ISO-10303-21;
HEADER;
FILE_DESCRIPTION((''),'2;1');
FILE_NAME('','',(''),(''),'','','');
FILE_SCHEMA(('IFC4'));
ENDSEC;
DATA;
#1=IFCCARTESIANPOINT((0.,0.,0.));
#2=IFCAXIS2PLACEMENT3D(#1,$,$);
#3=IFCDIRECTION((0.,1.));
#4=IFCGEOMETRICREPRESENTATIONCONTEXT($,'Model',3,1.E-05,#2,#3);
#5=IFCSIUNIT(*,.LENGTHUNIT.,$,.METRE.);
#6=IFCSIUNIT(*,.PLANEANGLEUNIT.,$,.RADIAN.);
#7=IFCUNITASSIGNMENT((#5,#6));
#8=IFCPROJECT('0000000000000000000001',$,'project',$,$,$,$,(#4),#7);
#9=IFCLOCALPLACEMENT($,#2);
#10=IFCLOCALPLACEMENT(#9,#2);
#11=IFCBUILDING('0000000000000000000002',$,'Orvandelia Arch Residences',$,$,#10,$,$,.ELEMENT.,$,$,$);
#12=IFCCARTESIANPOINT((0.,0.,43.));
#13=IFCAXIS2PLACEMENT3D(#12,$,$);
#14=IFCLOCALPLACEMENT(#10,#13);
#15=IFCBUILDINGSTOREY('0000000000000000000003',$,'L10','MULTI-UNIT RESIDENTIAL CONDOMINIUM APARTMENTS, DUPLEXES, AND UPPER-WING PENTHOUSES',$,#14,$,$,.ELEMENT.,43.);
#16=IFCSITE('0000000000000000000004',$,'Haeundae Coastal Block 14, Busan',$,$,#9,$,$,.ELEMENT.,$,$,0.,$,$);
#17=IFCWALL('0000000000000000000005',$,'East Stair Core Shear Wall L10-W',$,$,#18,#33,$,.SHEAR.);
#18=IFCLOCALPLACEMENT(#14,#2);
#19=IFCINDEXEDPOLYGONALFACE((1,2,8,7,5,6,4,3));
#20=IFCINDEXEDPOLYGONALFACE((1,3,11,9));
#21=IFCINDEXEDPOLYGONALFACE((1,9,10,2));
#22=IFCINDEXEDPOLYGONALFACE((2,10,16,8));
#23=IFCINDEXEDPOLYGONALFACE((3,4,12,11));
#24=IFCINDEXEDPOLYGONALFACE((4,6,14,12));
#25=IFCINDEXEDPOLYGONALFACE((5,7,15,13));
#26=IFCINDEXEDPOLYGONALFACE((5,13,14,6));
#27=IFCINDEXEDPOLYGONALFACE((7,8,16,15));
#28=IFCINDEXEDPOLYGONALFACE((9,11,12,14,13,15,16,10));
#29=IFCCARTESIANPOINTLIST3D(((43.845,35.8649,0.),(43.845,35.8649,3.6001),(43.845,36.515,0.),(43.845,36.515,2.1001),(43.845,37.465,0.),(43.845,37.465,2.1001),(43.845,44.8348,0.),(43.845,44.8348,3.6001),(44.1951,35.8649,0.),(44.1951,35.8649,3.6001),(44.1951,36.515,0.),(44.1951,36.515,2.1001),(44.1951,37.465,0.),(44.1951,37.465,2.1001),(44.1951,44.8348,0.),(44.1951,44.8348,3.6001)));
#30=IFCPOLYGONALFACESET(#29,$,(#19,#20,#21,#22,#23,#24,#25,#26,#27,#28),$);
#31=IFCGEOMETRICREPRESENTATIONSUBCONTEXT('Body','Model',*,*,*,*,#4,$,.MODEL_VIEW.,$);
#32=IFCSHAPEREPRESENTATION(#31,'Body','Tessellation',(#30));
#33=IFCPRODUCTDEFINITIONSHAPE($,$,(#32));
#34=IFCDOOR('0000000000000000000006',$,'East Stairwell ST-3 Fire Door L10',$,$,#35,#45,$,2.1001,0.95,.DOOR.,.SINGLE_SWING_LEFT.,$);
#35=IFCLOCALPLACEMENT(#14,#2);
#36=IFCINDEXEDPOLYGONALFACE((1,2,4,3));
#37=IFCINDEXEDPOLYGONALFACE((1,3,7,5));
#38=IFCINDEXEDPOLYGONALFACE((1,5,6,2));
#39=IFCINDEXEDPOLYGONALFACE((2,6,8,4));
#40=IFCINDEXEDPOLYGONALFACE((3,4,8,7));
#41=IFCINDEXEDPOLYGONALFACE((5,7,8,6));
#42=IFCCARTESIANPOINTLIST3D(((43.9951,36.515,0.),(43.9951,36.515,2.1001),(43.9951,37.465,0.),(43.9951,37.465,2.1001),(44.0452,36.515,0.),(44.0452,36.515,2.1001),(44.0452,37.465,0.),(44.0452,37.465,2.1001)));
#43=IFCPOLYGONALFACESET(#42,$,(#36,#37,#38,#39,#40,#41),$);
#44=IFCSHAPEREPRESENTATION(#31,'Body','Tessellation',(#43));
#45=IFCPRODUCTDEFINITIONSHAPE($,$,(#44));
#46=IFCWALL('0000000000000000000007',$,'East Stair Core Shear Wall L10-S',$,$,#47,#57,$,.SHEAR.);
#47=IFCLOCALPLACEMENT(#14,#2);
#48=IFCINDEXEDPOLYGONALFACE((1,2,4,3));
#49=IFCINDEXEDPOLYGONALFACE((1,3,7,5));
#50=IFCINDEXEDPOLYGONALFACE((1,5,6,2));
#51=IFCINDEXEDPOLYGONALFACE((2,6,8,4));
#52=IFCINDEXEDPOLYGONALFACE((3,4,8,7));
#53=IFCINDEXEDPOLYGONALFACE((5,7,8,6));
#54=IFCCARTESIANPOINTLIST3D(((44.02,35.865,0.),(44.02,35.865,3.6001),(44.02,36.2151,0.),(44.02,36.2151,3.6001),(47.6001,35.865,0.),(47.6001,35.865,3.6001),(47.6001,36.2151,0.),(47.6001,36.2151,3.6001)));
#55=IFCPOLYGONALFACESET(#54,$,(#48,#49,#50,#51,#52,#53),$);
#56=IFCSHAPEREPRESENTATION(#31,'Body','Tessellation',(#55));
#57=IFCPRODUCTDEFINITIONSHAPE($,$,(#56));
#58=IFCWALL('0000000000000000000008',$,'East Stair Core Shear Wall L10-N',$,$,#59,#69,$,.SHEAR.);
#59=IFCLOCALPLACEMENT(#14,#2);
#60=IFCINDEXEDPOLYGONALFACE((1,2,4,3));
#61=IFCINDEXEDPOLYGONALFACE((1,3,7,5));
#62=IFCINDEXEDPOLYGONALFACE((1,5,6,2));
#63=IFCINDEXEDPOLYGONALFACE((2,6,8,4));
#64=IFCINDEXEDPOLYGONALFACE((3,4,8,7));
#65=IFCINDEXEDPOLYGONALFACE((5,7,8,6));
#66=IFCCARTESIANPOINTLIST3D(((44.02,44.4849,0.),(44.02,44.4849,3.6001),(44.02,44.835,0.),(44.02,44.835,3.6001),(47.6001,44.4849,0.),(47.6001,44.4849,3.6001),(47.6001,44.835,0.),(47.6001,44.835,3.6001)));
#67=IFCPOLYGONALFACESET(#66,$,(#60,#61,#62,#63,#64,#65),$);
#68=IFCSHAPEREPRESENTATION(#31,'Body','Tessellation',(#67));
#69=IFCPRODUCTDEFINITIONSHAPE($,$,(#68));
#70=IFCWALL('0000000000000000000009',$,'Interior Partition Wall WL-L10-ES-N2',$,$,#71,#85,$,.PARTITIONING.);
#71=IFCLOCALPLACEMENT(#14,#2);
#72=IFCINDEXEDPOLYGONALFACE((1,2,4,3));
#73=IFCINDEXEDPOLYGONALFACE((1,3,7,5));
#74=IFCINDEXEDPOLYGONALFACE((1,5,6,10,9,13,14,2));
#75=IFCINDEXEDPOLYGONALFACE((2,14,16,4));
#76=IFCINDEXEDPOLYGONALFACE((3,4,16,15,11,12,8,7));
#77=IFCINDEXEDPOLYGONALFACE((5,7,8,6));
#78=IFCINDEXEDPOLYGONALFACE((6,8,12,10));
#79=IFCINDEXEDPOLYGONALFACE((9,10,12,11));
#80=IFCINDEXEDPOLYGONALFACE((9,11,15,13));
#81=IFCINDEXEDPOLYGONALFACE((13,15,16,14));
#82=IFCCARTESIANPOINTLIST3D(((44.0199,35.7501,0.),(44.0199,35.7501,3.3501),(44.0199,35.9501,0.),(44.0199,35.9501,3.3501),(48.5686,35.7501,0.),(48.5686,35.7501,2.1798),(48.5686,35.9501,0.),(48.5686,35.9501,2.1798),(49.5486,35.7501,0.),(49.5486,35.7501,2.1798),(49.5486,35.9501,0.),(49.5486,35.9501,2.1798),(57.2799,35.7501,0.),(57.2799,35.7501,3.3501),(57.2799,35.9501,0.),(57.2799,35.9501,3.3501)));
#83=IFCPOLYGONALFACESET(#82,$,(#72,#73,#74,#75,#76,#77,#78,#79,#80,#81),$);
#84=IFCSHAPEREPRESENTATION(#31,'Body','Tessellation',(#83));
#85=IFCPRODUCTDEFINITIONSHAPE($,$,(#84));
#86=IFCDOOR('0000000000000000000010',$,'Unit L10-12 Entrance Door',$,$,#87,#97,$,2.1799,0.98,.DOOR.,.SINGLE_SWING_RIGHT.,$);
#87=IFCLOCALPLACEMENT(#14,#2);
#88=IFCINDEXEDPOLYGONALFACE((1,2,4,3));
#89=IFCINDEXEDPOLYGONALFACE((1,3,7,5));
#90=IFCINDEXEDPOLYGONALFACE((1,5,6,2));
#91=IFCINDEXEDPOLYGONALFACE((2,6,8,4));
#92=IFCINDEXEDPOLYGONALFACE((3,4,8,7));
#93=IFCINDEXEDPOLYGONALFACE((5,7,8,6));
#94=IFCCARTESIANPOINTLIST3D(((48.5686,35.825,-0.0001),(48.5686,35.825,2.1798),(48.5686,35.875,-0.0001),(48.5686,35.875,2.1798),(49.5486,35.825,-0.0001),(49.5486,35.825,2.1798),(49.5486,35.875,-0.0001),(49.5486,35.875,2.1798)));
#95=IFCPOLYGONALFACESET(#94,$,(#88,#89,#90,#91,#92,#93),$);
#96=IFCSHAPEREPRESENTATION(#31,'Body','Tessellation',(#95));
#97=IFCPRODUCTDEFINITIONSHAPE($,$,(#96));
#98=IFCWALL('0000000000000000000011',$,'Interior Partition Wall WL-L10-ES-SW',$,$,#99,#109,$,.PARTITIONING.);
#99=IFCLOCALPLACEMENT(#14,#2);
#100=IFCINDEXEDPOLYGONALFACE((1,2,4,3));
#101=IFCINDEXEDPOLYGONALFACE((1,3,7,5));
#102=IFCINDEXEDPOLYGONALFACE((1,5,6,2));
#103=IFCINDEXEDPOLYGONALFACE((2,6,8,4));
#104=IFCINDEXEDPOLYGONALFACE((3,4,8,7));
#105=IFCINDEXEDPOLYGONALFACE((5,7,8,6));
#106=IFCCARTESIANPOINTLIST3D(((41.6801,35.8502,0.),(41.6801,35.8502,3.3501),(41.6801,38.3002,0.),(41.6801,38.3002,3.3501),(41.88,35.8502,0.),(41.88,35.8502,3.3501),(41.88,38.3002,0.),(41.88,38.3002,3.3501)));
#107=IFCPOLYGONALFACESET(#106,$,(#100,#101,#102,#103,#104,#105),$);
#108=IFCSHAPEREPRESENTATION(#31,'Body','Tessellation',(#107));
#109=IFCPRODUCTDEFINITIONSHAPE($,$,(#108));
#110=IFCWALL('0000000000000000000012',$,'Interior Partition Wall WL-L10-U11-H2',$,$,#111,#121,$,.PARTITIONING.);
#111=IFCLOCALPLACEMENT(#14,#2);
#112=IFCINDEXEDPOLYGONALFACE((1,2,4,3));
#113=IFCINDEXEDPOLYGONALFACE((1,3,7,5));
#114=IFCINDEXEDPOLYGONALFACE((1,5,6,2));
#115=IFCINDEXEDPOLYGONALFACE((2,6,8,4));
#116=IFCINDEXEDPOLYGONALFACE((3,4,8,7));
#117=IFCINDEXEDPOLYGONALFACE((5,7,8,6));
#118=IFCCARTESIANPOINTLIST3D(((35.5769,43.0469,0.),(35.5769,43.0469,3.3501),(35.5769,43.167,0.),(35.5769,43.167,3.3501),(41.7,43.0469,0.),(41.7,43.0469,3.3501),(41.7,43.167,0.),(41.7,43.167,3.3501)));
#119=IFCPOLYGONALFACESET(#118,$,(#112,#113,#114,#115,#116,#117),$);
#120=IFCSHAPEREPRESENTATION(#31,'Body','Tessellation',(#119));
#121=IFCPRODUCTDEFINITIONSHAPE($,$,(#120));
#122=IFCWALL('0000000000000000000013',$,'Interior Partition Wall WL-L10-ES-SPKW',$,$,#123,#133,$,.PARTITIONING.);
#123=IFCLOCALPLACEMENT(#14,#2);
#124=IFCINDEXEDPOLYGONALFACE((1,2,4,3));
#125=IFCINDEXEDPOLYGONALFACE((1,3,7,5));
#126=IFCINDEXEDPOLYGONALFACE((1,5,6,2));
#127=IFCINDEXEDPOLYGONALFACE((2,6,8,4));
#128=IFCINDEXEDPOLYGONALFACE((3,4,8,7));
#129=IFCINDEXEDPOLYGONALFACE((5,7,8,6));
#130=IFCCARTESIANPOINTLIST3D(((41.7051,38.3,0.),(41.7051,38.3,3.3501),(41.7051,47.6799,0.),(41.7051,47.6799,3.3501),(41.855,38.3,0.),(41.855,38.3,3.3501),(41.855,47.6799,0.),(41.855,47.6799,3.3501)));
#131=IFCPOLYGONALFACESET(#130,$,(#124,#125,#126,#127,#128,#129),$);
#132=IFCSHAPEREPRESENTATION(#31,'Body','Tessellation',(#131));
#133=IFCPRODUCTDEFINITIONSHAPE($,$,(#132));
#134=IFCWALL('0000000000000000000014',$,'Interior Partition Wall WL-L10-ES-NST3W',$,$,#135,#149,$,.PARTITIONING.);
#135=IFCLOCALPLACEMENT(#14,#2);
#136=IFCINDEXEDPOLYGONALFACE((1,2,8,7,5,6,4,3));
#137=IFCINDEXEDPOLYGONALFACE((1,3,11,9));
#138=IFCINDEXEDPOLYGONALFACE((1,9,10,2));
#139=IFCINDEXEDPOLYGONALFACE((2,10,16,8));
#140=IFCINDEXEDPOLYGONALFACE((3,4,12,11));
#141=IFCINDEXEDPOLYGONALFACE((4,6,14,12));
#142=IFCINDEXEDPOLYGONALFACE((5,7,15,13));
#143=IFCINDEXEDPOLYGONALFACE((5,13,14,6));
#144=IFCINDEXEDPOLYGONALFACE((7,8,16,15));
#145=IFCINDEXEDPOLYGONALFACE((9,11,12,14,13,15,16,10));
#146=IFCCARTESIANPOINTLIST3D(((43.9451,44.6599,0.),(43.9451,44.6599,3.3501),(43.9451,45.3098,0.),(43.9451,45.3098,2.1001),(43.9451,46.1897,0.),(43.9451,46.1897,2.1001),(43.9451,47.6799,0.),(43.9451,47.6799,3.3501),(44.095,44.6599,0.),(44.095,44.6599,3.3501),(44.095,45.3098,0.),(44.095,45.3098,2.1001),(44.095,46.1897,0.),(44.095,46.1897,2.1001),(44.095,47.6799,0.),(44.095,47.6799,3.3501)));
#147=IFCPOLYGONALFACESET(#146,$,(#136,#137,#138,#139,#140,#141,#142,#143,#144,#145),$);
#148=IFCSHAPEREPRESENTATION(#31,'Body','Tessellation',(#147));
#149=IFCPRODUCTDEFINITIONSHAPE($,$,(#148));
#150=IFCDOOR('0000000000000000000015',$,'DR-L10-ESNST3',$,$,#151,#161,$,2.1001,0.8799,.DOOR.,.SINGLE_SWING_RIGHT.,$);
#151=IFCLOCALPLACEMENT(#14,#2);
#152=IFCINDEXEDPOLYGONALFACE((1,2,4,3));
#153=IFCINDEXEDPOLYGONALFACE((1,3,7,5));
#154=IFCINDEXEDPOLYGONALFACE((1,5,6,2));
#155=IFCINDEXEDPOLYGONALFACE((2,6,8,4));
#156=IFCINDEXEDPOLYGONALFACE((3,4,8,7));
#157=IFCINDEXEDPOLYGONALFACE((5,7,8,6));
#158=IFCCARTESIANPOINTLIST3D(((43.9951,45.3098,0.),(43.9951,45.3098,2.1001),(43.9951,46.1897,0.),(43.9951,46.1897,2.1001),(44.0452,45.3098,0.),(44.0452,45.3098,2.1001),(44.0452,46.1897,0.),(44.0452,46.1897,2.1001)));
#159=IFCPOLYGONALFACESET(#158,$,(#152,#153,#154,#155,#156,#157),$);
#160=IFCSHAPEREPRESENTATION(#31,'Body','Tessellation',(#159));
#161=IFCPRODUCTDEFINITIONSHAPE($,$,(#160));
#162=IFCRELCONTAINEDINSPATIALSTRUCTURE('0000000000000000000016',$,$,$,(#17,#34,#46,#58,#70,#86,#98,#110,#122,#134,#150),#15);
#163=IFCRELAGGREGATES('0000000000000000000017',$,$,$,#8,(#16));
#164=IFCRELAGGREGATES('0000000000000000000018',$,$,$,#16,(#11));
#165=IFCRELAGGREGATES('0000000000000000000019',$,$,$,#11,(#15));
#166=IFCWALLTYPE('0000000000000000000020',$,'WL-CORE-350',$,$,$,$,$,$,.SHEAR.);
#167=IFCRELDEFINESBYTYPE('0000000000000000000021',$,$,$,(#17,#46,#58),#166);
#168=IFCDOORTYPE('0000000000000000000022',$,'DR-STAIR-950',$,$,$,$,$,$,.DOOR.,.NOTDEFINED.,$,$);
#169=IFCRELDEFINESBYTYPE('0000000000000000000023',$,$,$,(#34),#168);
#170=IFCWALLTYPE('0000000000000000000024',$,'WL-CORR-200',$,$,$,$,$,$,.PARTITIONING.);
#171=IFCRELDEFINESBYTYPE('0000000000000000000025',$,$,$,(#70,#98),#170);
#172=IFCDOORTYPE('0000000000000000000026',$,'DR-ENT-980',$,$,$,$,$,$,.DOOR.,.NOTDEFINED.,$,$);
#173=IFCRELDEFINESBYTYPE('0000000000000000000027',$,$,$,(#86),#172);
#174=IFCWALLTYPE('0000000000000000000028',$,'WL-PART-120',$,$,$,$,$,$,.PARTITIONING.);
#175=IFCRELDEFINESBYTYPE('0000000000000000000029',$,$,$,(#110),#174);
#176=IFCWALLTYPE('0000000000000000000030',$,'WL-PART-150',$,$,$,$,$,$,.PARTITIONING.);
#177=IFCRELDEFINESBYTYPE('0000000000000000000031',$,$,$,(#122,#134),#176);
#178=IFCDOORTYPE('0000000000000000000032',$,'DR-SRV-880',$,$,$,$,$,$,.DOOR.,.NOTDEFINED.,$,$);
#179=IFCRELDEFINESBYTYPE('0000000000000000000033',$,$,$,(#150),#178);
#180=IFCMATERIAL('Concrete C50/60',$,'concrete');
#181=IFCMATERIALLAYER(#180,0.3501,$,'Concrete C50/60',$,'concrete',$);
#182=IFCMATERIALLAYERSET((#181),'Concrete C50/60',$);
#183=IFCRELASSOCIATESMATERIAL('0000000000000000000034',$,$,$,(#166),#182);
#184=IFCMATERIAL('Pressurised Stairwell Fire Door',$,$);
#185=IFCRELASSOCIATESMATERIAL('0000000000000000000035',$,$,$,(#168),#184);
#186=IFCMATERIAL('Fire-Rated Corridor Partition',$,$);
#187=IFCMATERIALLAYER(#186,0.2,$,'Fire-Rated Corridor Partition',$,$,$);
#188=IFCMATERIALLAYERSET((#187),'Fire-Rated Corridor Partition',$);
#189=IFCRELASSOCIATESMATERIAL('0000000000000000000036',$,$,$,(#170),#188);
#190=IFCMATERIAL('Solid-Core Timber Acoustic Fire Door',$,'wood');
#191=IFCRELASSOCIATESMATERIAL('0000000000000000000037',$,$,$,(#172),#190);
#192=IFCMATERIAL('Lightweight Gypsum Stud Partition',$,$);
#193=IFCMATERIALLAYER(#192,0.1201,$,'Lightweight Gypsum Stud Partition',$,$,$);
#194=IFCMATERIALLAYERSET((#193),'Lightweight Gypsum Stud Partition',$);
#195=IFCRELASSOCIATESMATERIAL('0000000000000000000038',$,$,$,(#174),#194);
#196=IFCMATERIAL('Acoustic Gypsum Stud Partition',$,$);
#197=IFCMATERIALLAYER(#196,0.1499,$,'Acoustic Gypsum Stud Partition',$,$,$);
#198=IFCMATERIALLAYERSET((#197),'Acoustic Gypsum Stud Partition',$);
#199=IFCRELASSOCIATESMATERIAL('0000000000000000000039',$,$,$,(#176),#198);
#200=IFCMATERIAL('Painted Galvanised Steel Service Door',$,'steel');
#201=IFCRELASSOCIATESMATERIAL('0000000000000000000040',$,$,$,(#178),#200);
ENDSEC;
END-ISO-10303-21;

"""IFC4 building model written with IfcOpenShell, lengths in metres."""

from ifc_helpers import new_model, si_unit, direction, frame, frame_2d, origin, place, context, subcontext, project, spatial, rectangle, extrude, material, layer, layer_set, type_object, element, fill, save


model = new_model("IFC4")

# Units and contexts
model_context = context("Model", 3, precision=1e-05, world=origin(), true_north=direction((0.0, 1.0)))
body_context = subcontext(model_context, "Body", "Model", "MODEL_VIEW")
ifc_project = project(units=[si_unit("LENGTHUNIT", "METRE"), si_unit("PLANEANGLEUNIT", "RADIAN")], contexts=[model_context])

# Site, building, storey
site_placement = place(None, origin())
site = spatial("IfcSite", under=ifc_project, at=site_placement, Name="Haeundae Coastal Block 14, Busan", CompositionType="ELEMENT", RefElevation=0.0)
building_placement = place(site_placement, origin())
building = spatial("IfcBuilding", under=site, at=building_placement, Name="Orvandelia Arch Residences", CompositionType="ELEMENT")
storey_placement = place(building_placement, frame((0.0, 0.0, 43.0)))
storey = spatial("IfcBuildingStorey", under=building, at=storey_placement, Name="L10", Description="MULTI-UNIT RESIDENTIAL CONDOMINIUM APARTMENTS, DUPLEXES, AND UPPER-WING PENTHOUSES", CompositionType="ELEMENT", Elevation=43.0)

# Wall, opening, door
ifc_material_1 = material(Name="Concrete C50/60", Category="concrete")
ifc_layer_1 = layer(ifc_material_1, 0.3501, Name="Concrete C50/60", Category="concrete")
ifc_layer_set_1 = layer_set([ifc_layer_1], Name="Concrete C50/60")
wall_type_1 = type_object("IfcWallType", Name="WL-CORE-350", PredefinedType="SHEAR", material=ifc_layer_set_1)
wall_1_placement = place(storey_placement, frame((44.02, 35.865, 0.0), z_axis=(0.0, 0.0, 1.0), x_axis=(0.0, 1.0, 0.0)))
wall_1 = element("IfcWall", 1, at=wall_1_placement, inside=storey, type_object=wall_type_1, Name="East Stair Core Shear Wall L10-W", PredefinedType="SHEAR", context=body_context, shape_type="SweptSolid", body=[
    extrude(rectangle(XDim=8.97, YDim=0.3501, at=frame_2d((4.4849, 0.0))), origin(), (0.0, 0.0, 1.0), 3.6001),
])
opening_1_placement = place(wall_1_placement, frame((0.6499, 0.0, 0.0)))
opening_1 = element("IfcOpeningElement", 2, at=opening_1_placement, cuts=wall_1, PredefinedType="OPENING", context=body_context, shape_type="SweptSolid", body=[
    extrude(rectangle(XDim=0.95, YDim=2.1001, at=frame_2d((0.4751, 1.05))), frame((0.0, 0.1851, 0.0), z_axis=(0.0, -1.0, 0.0), x_axis=(1.0, 0.0, 0.0)), (0.0, 0.0, 1.0), 0.3701),
])
ifc_material_2 = material(Name="Pressurised Stairwell Fire Door")
door_type_1 = type_object("IfcDoorType", Name="DR-STAIR-950", OperationType="NOTDEFINED", PredefinedType="DOOR", material=ifc_material_2)
door_1_placement = place(opening_1_placement, origin())
door_1 = element("IfcDoor", 3, at=door_1_placement, inside=storey, type_object=door_type_1, Name="East Stairwell ST-3 Fire Door L10", OperationType="SINGLE_SWING_LEFT", OverallHeight=2.1001, OverallWidth=0.95, PredefinedType="DOOR", context=body_context, shape_type="SweptSolid", body=[
    extrude(rectangle(XDim=0.95, YDim=2.1001, at=frame_2d((0.4751, 1.05))), frame((0.0, 0.0249, 0.0), z_axis=(0.0, -1.0, 0.0), x_axis=(1.0, 0.0, 0.0)), (0.0, 0.0, 1.0), 0.05),
])
fill(opening_1, door_1)

# Walls
for number, where, z_axis, x_axis, name in (
    (4, (44.02, 36.04, 0.0), (0.0, 0.0, 1.0), (1.0, 0.0, 0.0), "East Stair Core Shear Wall L10-S"),
    (5, (44.02, 44.6599, 0.0), (0.0, 0.0, 1.0), (1.0, 0.0, 0.0), "East Stair Core Shear Wall L10-N"),
):
    element("IfcWall", number, at=place(storey_placement, frame(where, z_axis=z_axis, x_axis=x_axis)), inside=storey, type_object=wall_type_1, Name=name, PredefinedType="SHEAR", context=body_context, shape_type="SweptSolid", body=[
        extrude(rectangle(XDim=3.5801, YDim=0.3501, at=frame_2d((1.79, 0.0))), origin(), (0.0, 0.0, 1.0), 3.6001),
    ])

# Wall, opening, door
ifc_material_3 = material(Name="Fire-Rated Corridor Partition")
ifc_layer_2 = layer(ifc_material_3, 0.2, Name="Fire-Rated Corridor Partition")
ifc_layer_set_2 = layer_set([ifc_layer_2], Name="Fire-Rated Corridor Partition")
wall_type_2 = type_object("IfcWallType", Name="WL-CORR-200", PredefinedType="PARTITIONING", material=ifc_layer_set_2)
wall_2_placement = place(storey_placement, frame((44.02, 35.8501, 0.0), z_axis=(0.0, 0.0, 1.0), x_axis=(1.0, 0.0, 0.0)))
wall_2 = element("IfcWall", 6, at=wall_2_placement, inside=storey, type_object=wall_type_2, Name="Interior Partition Wall WL-L10-ES-N2", PredefinedType="PARTITIONING", context=body_context, shape_type="SweptSolid", body=[
    extrude(rectangle(XDim=13.26, YDim=0.2, at=frame_2d((6.6299, 0.0))), origin(), (0.0, 0.0, 1.0), 3.3501),
])
opening_2_placement = place(wall_2_placement, frame((4.5486, 0.0, 0.0)))
opening_2 = element("IfcOpeningElement", 7, at=opening_2_placement, cuts=wall_2, PredefinedType="OPENING", context=body_context, shape_type="SweptSolid", body=[
    extrude(rectangle(XDim=0.98, YDim=2.1799, at=frame_2d((0.49, 1.0898))), frame((0.0, 0.1099, 0.0), z_axis=(0.0, -1.0, 0.0), x_axis=(1.0, 0.0, 0.0)), (0.0, 0.0, 1.0), 0.22),
])
ifc_material_4 = material(Name="Solid-Core Timber Acoustic Fire Door", Category="wood")
door_type_2 = type_object("IfcDoorType", Name="DR-ENT-980", OperationType="NOTDEFINED", PredefinedType="DOOR", material=ifc_material_4)
door_2_placement = place(opening_2_placement, origin())
door_2 = element("IfcDoor", 8, at=door_2_placement, inside=storey, type_object=door_type_2, Name="Unit L10-12 Entrance Door", OperationType="SINGLE_SWING_RIGHT", OverallHeight=2.1799, OverallWidth=0.98, PredefinedType="DOOR", context=body_context, shape_type="SweptSolid", body=[
    extrude(rectangle(XDim=0.98, YDim=2.1799, at=frame_2d((0.49, 1.0898))), frame((0.0, 0.0249, 0.0), z_axis=(0.0, -1.0, 0.0), x_axis=(1.0, 0.0, 0.0)), (0.0, 0.0, 1.0), 0.05),
])
fill(opening_2, door_2)

# Wall
wall_3_placement = place(storey_placement, frame((41.78, 35.8501, 0.0), z_axis=(0.0, 0.0, 1.0), x_axis=(0.0, 1.0, 0.0)))
element("IfcWall", 9, at=wall_3_placement, inside=storey, type_object=wall_type_2, Name="Interior Partition Wall WL-L10-ES-SW", PredefinedType="PARTITIONING", context=body_context, shape_type="SweptSolid", body=[
    extrude(rectangle(XDim=2.45, YDim=0.2, at=frame_2d((1.2251, 0.0))), origin(), (0.0, 0.0, 1.0), 3.3501),
])

# Walls
ifc_material_5 = material(Name="Lightweight Gypsum Stud Partition")
ifc_layer_3 = layer(ifc_material_5, 0.1201, Name="Lightweight Gypsum Stud Partition")
ifc_layer_set_3 = layer_set([ifc_layer_3], Name="Lightweight Gypsum Stud Partition")
wall_type_3 = type_object("IfcWallType", Name="WL-PART-120", PredefinedType="PARTITIONING", material=ifc_layer_set_3)
wall_4_placement = place(storey_placement, frame((35.5769, 43.1069, 0.0), z_axis=(0.0, 0.0, 1.0), x_axis=(1.0, 0.0, 0.0)))
element("IfcWall", 10, at=wall_4_placement, inside=storey, type_object=wall_type_3, Name="Interior Partition Wall WL-L10-U11-H2", PredefinedType="PARTITIONING", context=body_context, shape_type="SweptSolid", body=[
    extrude(rectangle(XDim=6.123, YDim=0.1201, at=frame_2d((3.0615, 0.0))), origin(), (0.0, 0.0, 1.0), 3.3501),
])
ifc_material_6 = material(Name="Acoustic Gypsum Stud Partition")
ifc_layer_4 = layer(ifc_material_6, 0.1499, Name="Acoustic Gypsum Stud Partition")
ifc_layer_set_4 = layer_set([ifc_layer_4], Name="Acoustic Gypsum Stud Partition")
wall_type_4 = type_object("IfcWallType", Name="WL-PART-150", PredefinedType="PARTITIONING", material=ifc_layer_set_4)
wall_5_placement = place(storey_placement, frame((41.78, 38.3, 0.0), z_axis=(0.0, 0.0, 1.0), x_axis=(0.0, 1.0, 0.0)))
element("IfcWall", 11, at=wall_5_placement, inside=storey, type_object=wall_type_4, Name="Interior Partition Wall WL-L10-ES-SPKW", PredefinedType="PARTITIONING", context=body_context, shape_type="SweptSolid", body=[
    extrude(rectangle(XDim=9.3799, YDim=0.1499, at=frame_2d((4.6899, 0.0))), origin(), (0.0, 0.0, 1.0), 3.3501),
])

# Wall, opening, door
wall_6_placement = place(storey_placement, frame((44.02, 44.6599, 0.0), z_axis=(0.0, 0.0, 1.0), x_axis=(0.0, 1.0, 0.0)))
wall_6 = element("IfcWall", 12, at=wall_6_placement, inside=storey, type_object=wall_type_4, Name="Interior Partition Wall WL-L10-ES-NST3W", PredefinedType="PARTITIONING", context=body_context, shape_type="SweptSolid", body=[
    extrude(rectangle(XDim=3.02, YDim=0.1499, at=frame_2d((1.51, 0.0))), origin(), (0.0, 0.0, 1.0), 3.3501),
])
opening_3_placement = place(wall_6_placement, frame((0.6499, 0.0, 0.0)))
opening_3 = element("IfcOpeningElement", 13, at=opening_3_placement, cuts=wall_6, PredefinedType="OPENING", context=body_context, shape_type="SweptSolid", body=[
    extrude(rectangle(XDim=0.8799, YDim=2.1001, at=frame_2d((0.4399, 1.05))), frame((0.0, 0.085, 0.0), z_axis=(0.0, -1.0, 0.0), x_axis=(1.0, 0.0, 0.0)), (0.0, 0.0, 1.0), 0.1699),
])
ifc_material_7 = material(Name="Painted Galvanised Steel Service Door", Category="steel")
door_type_3 = type_object("IfcDoorType", Name="DR-SRV-880", OperationType="NOTDEFINED", PredefinedType="DOOR", material=ifc_material_7)
door_3_placement = place(opening_3_placement, origin())
door_3 = element("IfcDoor", 14, at=door_3_placement, inside=storey, type_object=door_type_3, Name="DR-L10-ESNST3", OperationType="SINGLE_SWING_RIGHT", OverallHeight=2.1001, OverallWidth=0.8799, PredefinedType="DOOR", context=body_context, shape_type="SweptSolid", body=[
    extrude(rectangle(XDim=0.8799, YDim=2.1001, at=frame_2d((0.4399, 1.05))), frame((0.0, 0.0249, 0.0), z_axis=(0.0, -1.0, 0.0), x_axis=(1.0, 0.0, 0.0)), (0.0, 0.0, 1.0), 0.05),
])
fill(opening_3, door_3)

save(model, "model.ifc")
